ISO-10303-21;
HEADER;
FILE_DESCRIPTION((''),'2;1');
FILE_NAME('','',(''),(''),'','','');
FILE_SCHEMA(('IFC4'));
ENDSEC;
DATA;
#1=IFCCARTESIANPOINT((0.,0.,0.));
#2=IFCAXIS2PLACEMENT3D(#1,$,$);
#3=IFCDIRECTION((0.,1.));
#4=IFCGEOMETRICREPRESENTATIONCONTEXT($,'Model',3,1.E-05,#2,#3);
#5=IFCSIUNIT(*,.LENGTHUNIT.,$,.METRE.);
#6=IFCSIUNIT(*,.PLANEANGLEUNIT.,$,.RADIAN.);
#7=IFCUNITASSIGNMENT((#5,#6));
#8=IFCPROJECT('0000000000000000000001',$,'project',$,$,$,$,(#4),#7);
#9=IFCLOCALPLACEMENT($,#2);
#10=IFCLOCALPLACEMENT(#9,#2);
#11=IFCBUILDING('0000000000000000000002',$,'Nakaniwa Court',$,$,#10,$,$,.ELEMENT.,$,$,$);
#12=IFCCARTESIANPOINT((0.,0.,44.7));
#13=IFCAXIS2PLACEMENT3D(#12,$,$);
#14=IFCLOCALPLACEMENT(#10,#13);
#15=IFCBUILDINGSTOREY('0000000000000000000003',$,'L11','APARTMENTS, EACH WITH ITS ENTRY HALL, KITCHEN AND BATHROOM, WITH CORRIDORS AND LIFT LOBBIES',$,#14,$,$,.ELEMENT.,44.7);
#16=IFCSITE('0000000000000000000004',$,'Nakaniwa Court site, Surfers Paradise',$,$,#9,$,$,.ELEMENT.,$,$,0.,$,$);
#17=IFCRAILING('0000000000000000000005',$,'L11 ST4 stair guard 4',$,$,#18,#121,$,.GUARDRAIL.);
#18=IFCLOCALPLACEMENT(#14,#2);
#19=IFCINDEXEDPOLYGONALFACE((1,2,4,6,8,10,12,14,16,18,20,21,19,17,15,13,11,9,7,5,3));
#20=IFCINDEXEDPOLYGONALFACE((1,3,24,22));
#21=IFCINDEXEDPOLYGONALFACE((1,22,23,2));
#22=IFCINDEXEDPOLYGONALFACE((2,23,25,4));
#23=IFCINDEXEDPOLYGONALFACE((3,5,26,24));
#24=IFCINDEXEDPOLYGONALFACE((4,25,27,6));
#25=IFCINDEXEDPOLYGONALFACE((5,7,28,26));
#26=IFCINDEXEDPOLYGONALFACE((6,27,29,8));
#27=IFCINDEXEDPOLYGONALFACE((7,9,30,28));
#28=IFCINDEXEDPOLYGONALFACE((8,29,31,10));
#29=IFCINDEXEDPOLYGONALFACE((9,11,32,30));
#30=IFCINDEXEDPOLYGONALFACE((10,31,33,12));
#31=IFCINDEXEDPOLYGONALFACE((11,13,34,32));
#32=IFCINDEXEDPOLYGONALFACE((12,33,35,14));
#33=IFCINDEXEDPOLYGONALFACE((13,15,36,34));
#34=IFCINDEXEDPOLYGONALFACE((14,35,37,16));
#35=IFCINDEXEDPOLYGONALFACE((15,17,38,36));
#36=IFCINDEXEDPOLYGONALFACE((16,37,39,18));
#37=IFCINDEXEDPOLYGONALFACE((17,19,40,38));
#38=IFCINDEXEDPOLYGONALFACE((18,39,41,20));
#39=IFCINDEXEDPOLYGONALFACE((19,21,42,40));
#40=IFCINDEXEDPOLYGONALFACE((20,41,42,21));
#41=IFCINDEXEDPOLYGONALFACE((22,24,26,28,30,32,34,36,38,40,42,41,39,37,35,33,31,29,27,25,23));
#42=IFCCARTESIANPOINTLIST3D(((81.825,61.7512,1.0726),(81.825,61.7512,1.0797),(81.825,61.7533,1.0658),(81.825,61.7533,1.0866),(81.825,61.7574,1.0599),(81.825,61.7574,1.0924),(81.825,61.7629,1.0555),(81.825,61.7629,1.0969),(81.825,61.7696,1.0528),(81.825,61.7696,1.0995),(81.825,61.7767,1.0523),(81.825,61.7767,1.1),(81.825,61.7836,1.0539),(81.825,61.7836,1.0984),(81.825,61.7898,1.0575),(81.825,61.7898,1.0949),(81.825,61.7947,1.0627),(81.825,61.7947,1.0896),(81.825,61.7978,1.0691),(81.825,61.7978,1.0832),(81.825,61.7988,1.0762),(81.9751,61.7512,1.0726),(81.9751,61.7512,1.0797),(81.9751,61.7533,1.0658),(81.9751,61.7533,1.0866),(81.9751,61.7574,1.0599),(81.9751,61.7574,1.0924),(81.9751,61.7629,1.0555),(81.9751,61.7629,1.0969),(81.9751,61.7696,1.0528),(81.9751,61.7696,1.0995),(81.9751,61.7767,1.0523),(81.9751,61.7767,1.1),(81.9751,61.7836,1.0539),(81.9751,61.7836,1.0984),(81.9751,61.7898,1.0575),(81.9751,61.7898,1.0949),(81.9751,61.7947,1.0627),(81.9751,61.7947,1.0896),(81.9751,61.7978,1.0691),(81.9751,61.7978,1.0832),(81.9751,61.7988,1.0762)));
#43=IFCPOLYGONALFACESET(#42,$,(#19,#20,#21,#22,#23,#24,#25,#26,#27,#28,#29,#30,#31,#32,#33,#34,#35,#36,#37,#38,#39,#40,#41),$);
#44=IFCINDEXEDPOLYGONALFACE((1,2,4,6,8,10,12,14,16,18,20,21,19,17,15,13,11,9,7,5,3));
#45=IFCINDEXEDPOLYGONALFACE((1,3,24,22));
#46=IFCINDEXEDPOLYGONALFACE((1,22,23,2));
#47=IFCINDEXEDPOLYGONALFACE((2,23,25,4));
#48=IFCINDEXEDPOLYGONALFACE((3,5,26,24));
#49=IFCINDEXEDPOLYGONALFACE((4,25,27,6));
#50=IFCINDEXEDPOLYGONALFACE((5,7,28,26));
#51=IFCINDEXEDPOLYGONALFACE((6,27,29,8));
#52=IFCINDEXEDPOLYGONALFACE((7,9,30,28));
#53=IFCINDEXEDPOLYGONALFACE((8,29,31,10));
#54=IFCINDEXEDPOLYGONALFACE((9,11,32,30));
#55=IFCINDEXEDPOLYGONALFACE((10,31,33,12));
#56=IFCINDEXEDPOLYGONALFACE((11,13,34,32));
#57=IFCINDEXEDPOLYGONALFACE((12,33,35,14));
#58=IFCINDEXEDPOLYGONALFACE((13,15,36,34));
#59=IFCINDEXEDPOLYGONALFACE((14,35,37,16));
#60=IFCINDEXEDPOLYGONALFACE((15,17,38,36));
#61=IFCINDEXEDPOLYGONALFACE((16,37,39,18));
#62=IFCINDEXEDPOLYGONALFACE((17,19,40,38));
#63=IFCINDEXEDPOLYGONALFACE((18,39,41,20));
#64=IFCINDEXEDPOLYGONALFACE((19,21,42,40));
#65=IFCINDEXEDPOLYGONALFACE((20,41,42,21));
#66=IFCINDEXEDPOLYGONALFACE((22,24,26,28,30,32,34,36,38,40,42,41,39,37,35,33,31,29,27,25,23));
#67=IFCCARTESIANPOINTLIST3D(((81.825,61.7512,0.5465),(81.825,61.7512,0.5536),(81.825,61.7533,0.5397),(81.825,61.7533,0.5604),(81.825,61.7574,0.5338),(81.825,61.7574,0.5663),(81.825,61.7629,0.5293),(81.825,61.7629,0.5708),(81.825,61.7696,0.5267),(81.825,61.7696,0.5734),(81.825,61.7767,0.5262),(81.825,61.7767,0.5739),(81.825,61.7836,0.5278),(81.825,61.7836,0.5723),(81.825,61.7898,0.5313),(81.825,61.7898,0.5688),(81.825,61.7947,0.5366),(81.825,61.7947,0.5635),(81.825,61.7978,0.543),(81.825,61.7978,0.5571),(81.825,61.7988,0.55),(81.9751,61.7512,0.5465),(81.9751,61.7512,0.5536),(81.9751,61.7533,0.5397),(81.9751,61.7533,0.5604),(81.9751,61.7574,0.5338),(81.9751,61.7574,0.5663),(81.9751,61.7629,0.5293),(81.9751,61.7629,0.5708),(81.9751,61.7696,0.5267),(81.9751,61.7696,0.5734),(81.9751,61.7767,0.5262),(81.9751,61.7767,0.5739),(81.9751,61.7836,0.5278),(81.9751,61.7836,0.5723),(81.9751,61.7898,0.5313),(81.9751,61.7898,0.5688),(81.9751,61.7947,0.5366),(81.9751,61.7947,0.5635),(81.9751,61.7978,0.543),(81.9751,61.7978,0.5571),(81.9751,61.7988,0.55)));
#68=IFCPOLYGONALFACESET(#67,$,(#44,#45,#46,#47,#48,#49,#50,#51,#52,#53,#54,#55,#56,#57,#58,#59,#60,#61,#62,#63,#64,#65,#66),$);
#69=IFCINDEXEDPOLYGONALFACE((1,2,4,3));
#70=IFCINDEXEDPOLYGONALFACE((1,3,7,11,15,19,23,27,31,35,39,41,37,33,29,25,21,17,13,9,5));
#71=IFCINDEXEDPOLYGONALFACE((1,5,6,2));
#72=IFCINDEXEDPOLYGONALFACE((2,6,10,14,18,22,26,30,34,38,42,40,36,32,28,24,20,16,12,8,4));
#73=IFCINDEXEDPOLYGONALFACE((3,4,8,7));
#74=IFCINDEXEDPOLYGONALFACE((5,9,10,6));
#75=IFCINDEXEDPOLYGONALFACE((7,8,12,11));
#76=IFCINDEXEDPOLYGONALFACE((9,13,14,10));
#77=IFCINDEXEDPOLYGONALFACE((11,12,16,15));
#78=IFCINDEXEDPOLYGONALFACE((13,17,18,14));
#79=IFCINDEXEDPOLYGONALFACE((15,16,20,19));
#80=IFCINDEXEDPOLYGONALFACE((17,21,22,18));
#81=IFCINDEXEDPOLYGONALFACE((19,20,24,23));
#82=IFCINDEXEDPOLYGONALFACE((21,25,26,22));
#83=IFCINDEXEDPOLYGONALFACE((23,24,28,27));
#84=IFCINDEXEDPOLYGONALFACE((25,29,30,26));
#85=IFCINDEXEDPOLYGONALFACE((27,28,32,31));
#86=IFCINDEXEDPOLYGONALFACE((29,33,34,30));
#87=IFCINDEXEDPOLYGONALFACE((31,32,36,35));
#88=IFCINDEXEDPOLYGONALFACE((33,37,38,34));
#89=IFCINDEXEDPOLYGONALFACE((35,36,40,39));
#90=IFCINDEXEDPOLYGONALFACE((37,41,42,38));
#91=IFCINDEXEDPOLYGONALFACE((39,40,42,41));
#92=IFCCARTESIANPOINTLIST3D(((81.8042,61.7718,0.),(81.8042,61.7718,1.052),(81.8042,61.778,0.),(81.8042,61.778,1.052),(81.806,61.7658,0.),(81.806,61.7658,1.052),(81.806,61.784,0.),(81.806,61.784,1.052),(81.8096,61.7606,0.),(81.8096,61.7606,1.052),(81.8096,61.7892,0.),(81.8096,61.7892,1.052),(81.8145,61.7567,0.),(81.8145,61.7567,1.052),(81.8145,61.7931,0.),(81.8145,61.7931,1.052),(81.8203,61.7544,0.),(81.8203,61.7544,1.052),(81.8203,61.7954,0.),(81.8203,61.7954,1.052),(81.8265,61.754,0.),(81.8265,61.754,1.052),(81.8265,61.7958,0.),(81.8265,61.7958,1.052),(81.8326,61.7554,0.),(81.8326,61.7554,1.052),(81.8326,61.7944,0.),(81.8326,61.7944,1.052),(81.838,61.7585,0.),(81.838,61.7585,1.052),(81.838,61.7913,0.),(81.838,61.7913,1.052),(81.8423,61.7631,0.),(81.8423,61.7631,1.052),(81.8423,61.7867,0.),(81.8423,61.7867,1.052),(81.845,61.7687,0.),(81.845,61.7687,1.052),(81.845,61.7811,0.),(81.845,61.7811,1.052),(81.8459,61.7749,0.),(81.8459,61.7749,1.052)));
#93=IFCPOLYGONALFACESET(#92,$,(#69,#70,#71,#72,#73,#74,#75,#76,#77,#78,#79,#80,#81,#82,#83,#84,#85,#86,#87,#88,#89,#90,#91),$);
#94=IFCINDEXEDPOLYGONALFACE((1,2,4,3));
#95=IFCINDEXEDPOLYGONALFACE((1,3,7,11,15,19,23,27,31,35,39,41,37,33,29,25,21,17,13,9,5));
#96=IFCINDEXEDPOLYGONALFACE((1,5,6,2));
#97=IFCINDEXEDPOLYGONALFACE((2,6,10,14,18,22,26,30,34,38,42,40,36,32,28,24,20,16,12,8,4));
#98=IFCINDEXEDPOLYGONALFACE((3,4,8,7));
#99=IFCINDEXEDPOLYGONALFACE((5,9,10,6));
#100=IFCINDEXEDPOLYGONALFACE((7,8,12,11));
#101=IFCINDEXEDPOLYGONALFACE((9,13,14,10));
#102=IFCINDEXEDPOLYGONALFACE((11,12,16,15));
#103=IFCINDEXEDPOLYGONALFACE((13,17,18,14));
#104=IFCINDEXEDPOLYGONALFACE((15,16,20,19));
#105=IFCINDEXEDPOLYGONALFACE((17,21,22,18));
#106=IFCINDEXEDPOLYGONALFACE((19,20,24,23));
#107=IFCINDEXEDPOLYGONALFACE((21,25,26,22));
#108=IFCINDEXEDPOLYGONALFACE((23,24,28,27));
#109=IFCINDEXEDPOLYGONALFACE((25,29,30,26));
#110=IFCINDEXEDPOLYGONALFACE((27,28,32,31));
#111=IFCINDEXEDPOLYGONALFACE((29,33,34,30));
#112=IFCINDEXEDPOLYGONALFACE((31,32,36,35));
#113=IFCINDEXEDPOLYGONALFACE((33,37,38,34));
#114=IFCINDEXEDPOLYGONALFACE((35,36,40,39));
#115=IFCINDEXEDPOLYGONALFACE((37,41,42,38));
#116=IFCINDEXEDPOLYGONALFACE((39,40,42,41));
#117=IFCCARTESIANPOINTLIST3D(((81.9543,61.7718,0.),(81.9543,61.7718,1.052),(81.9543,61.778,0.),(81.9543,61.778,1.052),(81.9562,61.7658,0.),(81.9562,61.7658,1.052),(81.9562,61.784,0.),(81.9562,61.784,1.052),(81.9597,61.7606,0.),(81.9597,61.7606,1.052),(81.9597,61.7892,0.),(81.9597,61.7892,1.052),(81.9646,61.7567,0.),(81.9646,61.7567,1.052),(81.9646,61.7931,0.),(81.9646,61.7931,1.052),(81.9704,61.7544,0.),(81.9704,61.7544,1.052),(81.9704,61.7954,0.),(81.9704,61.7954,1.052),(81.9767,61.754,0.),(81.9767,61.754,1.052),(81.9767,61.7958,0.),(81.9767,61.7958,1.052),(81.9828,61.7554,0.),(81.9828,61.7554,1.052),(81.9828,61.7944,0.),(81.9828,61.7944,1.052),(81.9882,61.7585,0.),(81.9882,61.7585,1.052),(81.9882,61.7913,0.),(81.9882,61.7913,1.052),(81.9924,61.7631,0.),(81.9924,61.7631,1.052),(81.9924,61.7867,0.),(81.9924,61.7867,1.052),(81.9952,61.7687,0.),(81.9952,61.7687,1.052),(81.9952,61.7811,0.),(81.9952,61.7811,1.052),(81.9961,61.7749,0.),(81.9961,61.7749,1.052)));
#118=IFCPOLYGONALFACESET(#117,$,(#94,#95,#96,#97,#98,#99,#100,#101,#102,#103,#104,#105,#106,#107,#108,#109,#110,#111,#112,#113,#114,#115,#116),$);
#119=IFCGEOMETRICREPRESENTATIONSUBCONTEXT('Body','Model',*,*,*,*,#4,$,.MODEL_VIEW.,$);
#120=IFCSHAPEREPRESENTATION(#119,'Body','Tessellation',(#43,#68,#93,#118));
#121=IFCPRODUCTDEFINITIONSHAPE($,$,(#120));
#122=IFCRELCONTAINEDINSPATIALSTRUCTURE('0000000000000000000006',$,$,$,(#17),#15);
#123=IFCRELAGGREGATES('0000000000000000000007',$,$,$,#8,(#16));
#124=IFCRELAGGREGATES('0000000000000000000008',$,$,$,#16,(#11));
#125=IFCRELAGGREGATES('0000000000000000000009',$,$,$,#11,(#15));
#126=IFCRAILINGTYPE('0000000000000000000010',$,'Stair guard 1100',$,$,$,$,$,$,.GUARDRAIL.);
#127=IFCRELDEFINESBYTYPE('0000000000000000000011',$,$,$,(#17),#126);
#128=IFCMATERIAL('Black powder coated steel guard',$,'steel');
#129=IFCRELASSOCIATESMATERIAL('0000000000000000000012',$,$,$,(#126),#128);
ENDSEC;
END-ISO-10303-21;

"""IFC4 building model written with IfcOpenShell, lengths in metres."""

from ifc_helpers import new_model, si_unit, direction, frame, origin, origin_2d, place, context, subcontext, project, spatial, circle, extrude, material, type_object, element, save


model = new_model("IFC4")

# Units and contexts
model_context = context("Model", 3, precision=1e-05, world=origin(), true_north=direction((0.0, 1.0)))
body_context = subcontext(model_context, "Body", "Model", "MODEL_VIEW")
ifc_project = project(units=[si_unit("LENGTHUNIT", "METRE"), si_unit("PLANEANGLEUNIT", "RADIAN")], contexts=[model_context])

# Site, building, storey
site_placement = place(None, origin())
site = spatial("IfcSite", under=ifc_project, at=site_placement, Name="Nakaniwa Court site, Surfers Paradise", CompositionType="ELEMENT", RefElevation=0.0)
building_placement = place(site_placement, origin())
building = spatial("IfcBuilding", under=site, at=building_placement, Name="Nakaniwa Court", CompositionType="ELEMENT")
storey_placement = place(building_placement, frame((0.0, 0.0, 44.7)))
storey = spatial("IfcBuildingStorey", under=building, at=storey_placement, Name="L11", Description="APARTMENTS, EACH WITH ITS ENTRY HALL, KITCHEN AND BATHROOM, WITH CORRIDORS AND LIFT LOBBIES", CompositionType="ELEMENT", Elevation=44.7)

# Railing
ifc_material_1 = material(Name="Black powder coated steel guard", Category="steel")
railing_type_1 = type_object("IfcRailingType", Name="Stair guard 1100", PredefinedType="GUARDRAIL", material=ifc_material_1)
railing_1_placement = place(storey_placement, frame((81.825, 61.7749, 0.0)))
element("IfcRailing", 1, at=railing_1_placement, inside=storey, type_object=railing_type_1, Name="L11 ST4 stair guard 4", PredefinedType="GUARDRAIL", context=body_context, shape_type="SweptSolid", body=[
    extrude(circle(Radius=0.0239, at=origin_2d()), frame((0.0, 0.0, 1.0762), z_axis=(1.0, 0.0, 0.0), x_axis=(0.0, 1.0, 0.0)), (0.0, 0.0, 1.0), 0.1501),
    extrude(circle(Radius=0.0239, at=origin_2d()), frame((0.0, 0.0, 0.55), z_axis=(1.0, 0.0, 0.0), x_axis=(0.0, 1.0, 0.0)), (0.0, 0.0, 1.0), 0.1501),
    extrude(circle(Radius=0.021, at=origin_2d()), origin(), (0.0, 0.0, 1.0), 1.052),
    extrude(circle(Radius=0.021, at=origin_2d()), frame((0.1501, 0.0, 0.0)), (0.0, 0.0, 1.0), 1.052),
])

save(model, "model.ifc")
